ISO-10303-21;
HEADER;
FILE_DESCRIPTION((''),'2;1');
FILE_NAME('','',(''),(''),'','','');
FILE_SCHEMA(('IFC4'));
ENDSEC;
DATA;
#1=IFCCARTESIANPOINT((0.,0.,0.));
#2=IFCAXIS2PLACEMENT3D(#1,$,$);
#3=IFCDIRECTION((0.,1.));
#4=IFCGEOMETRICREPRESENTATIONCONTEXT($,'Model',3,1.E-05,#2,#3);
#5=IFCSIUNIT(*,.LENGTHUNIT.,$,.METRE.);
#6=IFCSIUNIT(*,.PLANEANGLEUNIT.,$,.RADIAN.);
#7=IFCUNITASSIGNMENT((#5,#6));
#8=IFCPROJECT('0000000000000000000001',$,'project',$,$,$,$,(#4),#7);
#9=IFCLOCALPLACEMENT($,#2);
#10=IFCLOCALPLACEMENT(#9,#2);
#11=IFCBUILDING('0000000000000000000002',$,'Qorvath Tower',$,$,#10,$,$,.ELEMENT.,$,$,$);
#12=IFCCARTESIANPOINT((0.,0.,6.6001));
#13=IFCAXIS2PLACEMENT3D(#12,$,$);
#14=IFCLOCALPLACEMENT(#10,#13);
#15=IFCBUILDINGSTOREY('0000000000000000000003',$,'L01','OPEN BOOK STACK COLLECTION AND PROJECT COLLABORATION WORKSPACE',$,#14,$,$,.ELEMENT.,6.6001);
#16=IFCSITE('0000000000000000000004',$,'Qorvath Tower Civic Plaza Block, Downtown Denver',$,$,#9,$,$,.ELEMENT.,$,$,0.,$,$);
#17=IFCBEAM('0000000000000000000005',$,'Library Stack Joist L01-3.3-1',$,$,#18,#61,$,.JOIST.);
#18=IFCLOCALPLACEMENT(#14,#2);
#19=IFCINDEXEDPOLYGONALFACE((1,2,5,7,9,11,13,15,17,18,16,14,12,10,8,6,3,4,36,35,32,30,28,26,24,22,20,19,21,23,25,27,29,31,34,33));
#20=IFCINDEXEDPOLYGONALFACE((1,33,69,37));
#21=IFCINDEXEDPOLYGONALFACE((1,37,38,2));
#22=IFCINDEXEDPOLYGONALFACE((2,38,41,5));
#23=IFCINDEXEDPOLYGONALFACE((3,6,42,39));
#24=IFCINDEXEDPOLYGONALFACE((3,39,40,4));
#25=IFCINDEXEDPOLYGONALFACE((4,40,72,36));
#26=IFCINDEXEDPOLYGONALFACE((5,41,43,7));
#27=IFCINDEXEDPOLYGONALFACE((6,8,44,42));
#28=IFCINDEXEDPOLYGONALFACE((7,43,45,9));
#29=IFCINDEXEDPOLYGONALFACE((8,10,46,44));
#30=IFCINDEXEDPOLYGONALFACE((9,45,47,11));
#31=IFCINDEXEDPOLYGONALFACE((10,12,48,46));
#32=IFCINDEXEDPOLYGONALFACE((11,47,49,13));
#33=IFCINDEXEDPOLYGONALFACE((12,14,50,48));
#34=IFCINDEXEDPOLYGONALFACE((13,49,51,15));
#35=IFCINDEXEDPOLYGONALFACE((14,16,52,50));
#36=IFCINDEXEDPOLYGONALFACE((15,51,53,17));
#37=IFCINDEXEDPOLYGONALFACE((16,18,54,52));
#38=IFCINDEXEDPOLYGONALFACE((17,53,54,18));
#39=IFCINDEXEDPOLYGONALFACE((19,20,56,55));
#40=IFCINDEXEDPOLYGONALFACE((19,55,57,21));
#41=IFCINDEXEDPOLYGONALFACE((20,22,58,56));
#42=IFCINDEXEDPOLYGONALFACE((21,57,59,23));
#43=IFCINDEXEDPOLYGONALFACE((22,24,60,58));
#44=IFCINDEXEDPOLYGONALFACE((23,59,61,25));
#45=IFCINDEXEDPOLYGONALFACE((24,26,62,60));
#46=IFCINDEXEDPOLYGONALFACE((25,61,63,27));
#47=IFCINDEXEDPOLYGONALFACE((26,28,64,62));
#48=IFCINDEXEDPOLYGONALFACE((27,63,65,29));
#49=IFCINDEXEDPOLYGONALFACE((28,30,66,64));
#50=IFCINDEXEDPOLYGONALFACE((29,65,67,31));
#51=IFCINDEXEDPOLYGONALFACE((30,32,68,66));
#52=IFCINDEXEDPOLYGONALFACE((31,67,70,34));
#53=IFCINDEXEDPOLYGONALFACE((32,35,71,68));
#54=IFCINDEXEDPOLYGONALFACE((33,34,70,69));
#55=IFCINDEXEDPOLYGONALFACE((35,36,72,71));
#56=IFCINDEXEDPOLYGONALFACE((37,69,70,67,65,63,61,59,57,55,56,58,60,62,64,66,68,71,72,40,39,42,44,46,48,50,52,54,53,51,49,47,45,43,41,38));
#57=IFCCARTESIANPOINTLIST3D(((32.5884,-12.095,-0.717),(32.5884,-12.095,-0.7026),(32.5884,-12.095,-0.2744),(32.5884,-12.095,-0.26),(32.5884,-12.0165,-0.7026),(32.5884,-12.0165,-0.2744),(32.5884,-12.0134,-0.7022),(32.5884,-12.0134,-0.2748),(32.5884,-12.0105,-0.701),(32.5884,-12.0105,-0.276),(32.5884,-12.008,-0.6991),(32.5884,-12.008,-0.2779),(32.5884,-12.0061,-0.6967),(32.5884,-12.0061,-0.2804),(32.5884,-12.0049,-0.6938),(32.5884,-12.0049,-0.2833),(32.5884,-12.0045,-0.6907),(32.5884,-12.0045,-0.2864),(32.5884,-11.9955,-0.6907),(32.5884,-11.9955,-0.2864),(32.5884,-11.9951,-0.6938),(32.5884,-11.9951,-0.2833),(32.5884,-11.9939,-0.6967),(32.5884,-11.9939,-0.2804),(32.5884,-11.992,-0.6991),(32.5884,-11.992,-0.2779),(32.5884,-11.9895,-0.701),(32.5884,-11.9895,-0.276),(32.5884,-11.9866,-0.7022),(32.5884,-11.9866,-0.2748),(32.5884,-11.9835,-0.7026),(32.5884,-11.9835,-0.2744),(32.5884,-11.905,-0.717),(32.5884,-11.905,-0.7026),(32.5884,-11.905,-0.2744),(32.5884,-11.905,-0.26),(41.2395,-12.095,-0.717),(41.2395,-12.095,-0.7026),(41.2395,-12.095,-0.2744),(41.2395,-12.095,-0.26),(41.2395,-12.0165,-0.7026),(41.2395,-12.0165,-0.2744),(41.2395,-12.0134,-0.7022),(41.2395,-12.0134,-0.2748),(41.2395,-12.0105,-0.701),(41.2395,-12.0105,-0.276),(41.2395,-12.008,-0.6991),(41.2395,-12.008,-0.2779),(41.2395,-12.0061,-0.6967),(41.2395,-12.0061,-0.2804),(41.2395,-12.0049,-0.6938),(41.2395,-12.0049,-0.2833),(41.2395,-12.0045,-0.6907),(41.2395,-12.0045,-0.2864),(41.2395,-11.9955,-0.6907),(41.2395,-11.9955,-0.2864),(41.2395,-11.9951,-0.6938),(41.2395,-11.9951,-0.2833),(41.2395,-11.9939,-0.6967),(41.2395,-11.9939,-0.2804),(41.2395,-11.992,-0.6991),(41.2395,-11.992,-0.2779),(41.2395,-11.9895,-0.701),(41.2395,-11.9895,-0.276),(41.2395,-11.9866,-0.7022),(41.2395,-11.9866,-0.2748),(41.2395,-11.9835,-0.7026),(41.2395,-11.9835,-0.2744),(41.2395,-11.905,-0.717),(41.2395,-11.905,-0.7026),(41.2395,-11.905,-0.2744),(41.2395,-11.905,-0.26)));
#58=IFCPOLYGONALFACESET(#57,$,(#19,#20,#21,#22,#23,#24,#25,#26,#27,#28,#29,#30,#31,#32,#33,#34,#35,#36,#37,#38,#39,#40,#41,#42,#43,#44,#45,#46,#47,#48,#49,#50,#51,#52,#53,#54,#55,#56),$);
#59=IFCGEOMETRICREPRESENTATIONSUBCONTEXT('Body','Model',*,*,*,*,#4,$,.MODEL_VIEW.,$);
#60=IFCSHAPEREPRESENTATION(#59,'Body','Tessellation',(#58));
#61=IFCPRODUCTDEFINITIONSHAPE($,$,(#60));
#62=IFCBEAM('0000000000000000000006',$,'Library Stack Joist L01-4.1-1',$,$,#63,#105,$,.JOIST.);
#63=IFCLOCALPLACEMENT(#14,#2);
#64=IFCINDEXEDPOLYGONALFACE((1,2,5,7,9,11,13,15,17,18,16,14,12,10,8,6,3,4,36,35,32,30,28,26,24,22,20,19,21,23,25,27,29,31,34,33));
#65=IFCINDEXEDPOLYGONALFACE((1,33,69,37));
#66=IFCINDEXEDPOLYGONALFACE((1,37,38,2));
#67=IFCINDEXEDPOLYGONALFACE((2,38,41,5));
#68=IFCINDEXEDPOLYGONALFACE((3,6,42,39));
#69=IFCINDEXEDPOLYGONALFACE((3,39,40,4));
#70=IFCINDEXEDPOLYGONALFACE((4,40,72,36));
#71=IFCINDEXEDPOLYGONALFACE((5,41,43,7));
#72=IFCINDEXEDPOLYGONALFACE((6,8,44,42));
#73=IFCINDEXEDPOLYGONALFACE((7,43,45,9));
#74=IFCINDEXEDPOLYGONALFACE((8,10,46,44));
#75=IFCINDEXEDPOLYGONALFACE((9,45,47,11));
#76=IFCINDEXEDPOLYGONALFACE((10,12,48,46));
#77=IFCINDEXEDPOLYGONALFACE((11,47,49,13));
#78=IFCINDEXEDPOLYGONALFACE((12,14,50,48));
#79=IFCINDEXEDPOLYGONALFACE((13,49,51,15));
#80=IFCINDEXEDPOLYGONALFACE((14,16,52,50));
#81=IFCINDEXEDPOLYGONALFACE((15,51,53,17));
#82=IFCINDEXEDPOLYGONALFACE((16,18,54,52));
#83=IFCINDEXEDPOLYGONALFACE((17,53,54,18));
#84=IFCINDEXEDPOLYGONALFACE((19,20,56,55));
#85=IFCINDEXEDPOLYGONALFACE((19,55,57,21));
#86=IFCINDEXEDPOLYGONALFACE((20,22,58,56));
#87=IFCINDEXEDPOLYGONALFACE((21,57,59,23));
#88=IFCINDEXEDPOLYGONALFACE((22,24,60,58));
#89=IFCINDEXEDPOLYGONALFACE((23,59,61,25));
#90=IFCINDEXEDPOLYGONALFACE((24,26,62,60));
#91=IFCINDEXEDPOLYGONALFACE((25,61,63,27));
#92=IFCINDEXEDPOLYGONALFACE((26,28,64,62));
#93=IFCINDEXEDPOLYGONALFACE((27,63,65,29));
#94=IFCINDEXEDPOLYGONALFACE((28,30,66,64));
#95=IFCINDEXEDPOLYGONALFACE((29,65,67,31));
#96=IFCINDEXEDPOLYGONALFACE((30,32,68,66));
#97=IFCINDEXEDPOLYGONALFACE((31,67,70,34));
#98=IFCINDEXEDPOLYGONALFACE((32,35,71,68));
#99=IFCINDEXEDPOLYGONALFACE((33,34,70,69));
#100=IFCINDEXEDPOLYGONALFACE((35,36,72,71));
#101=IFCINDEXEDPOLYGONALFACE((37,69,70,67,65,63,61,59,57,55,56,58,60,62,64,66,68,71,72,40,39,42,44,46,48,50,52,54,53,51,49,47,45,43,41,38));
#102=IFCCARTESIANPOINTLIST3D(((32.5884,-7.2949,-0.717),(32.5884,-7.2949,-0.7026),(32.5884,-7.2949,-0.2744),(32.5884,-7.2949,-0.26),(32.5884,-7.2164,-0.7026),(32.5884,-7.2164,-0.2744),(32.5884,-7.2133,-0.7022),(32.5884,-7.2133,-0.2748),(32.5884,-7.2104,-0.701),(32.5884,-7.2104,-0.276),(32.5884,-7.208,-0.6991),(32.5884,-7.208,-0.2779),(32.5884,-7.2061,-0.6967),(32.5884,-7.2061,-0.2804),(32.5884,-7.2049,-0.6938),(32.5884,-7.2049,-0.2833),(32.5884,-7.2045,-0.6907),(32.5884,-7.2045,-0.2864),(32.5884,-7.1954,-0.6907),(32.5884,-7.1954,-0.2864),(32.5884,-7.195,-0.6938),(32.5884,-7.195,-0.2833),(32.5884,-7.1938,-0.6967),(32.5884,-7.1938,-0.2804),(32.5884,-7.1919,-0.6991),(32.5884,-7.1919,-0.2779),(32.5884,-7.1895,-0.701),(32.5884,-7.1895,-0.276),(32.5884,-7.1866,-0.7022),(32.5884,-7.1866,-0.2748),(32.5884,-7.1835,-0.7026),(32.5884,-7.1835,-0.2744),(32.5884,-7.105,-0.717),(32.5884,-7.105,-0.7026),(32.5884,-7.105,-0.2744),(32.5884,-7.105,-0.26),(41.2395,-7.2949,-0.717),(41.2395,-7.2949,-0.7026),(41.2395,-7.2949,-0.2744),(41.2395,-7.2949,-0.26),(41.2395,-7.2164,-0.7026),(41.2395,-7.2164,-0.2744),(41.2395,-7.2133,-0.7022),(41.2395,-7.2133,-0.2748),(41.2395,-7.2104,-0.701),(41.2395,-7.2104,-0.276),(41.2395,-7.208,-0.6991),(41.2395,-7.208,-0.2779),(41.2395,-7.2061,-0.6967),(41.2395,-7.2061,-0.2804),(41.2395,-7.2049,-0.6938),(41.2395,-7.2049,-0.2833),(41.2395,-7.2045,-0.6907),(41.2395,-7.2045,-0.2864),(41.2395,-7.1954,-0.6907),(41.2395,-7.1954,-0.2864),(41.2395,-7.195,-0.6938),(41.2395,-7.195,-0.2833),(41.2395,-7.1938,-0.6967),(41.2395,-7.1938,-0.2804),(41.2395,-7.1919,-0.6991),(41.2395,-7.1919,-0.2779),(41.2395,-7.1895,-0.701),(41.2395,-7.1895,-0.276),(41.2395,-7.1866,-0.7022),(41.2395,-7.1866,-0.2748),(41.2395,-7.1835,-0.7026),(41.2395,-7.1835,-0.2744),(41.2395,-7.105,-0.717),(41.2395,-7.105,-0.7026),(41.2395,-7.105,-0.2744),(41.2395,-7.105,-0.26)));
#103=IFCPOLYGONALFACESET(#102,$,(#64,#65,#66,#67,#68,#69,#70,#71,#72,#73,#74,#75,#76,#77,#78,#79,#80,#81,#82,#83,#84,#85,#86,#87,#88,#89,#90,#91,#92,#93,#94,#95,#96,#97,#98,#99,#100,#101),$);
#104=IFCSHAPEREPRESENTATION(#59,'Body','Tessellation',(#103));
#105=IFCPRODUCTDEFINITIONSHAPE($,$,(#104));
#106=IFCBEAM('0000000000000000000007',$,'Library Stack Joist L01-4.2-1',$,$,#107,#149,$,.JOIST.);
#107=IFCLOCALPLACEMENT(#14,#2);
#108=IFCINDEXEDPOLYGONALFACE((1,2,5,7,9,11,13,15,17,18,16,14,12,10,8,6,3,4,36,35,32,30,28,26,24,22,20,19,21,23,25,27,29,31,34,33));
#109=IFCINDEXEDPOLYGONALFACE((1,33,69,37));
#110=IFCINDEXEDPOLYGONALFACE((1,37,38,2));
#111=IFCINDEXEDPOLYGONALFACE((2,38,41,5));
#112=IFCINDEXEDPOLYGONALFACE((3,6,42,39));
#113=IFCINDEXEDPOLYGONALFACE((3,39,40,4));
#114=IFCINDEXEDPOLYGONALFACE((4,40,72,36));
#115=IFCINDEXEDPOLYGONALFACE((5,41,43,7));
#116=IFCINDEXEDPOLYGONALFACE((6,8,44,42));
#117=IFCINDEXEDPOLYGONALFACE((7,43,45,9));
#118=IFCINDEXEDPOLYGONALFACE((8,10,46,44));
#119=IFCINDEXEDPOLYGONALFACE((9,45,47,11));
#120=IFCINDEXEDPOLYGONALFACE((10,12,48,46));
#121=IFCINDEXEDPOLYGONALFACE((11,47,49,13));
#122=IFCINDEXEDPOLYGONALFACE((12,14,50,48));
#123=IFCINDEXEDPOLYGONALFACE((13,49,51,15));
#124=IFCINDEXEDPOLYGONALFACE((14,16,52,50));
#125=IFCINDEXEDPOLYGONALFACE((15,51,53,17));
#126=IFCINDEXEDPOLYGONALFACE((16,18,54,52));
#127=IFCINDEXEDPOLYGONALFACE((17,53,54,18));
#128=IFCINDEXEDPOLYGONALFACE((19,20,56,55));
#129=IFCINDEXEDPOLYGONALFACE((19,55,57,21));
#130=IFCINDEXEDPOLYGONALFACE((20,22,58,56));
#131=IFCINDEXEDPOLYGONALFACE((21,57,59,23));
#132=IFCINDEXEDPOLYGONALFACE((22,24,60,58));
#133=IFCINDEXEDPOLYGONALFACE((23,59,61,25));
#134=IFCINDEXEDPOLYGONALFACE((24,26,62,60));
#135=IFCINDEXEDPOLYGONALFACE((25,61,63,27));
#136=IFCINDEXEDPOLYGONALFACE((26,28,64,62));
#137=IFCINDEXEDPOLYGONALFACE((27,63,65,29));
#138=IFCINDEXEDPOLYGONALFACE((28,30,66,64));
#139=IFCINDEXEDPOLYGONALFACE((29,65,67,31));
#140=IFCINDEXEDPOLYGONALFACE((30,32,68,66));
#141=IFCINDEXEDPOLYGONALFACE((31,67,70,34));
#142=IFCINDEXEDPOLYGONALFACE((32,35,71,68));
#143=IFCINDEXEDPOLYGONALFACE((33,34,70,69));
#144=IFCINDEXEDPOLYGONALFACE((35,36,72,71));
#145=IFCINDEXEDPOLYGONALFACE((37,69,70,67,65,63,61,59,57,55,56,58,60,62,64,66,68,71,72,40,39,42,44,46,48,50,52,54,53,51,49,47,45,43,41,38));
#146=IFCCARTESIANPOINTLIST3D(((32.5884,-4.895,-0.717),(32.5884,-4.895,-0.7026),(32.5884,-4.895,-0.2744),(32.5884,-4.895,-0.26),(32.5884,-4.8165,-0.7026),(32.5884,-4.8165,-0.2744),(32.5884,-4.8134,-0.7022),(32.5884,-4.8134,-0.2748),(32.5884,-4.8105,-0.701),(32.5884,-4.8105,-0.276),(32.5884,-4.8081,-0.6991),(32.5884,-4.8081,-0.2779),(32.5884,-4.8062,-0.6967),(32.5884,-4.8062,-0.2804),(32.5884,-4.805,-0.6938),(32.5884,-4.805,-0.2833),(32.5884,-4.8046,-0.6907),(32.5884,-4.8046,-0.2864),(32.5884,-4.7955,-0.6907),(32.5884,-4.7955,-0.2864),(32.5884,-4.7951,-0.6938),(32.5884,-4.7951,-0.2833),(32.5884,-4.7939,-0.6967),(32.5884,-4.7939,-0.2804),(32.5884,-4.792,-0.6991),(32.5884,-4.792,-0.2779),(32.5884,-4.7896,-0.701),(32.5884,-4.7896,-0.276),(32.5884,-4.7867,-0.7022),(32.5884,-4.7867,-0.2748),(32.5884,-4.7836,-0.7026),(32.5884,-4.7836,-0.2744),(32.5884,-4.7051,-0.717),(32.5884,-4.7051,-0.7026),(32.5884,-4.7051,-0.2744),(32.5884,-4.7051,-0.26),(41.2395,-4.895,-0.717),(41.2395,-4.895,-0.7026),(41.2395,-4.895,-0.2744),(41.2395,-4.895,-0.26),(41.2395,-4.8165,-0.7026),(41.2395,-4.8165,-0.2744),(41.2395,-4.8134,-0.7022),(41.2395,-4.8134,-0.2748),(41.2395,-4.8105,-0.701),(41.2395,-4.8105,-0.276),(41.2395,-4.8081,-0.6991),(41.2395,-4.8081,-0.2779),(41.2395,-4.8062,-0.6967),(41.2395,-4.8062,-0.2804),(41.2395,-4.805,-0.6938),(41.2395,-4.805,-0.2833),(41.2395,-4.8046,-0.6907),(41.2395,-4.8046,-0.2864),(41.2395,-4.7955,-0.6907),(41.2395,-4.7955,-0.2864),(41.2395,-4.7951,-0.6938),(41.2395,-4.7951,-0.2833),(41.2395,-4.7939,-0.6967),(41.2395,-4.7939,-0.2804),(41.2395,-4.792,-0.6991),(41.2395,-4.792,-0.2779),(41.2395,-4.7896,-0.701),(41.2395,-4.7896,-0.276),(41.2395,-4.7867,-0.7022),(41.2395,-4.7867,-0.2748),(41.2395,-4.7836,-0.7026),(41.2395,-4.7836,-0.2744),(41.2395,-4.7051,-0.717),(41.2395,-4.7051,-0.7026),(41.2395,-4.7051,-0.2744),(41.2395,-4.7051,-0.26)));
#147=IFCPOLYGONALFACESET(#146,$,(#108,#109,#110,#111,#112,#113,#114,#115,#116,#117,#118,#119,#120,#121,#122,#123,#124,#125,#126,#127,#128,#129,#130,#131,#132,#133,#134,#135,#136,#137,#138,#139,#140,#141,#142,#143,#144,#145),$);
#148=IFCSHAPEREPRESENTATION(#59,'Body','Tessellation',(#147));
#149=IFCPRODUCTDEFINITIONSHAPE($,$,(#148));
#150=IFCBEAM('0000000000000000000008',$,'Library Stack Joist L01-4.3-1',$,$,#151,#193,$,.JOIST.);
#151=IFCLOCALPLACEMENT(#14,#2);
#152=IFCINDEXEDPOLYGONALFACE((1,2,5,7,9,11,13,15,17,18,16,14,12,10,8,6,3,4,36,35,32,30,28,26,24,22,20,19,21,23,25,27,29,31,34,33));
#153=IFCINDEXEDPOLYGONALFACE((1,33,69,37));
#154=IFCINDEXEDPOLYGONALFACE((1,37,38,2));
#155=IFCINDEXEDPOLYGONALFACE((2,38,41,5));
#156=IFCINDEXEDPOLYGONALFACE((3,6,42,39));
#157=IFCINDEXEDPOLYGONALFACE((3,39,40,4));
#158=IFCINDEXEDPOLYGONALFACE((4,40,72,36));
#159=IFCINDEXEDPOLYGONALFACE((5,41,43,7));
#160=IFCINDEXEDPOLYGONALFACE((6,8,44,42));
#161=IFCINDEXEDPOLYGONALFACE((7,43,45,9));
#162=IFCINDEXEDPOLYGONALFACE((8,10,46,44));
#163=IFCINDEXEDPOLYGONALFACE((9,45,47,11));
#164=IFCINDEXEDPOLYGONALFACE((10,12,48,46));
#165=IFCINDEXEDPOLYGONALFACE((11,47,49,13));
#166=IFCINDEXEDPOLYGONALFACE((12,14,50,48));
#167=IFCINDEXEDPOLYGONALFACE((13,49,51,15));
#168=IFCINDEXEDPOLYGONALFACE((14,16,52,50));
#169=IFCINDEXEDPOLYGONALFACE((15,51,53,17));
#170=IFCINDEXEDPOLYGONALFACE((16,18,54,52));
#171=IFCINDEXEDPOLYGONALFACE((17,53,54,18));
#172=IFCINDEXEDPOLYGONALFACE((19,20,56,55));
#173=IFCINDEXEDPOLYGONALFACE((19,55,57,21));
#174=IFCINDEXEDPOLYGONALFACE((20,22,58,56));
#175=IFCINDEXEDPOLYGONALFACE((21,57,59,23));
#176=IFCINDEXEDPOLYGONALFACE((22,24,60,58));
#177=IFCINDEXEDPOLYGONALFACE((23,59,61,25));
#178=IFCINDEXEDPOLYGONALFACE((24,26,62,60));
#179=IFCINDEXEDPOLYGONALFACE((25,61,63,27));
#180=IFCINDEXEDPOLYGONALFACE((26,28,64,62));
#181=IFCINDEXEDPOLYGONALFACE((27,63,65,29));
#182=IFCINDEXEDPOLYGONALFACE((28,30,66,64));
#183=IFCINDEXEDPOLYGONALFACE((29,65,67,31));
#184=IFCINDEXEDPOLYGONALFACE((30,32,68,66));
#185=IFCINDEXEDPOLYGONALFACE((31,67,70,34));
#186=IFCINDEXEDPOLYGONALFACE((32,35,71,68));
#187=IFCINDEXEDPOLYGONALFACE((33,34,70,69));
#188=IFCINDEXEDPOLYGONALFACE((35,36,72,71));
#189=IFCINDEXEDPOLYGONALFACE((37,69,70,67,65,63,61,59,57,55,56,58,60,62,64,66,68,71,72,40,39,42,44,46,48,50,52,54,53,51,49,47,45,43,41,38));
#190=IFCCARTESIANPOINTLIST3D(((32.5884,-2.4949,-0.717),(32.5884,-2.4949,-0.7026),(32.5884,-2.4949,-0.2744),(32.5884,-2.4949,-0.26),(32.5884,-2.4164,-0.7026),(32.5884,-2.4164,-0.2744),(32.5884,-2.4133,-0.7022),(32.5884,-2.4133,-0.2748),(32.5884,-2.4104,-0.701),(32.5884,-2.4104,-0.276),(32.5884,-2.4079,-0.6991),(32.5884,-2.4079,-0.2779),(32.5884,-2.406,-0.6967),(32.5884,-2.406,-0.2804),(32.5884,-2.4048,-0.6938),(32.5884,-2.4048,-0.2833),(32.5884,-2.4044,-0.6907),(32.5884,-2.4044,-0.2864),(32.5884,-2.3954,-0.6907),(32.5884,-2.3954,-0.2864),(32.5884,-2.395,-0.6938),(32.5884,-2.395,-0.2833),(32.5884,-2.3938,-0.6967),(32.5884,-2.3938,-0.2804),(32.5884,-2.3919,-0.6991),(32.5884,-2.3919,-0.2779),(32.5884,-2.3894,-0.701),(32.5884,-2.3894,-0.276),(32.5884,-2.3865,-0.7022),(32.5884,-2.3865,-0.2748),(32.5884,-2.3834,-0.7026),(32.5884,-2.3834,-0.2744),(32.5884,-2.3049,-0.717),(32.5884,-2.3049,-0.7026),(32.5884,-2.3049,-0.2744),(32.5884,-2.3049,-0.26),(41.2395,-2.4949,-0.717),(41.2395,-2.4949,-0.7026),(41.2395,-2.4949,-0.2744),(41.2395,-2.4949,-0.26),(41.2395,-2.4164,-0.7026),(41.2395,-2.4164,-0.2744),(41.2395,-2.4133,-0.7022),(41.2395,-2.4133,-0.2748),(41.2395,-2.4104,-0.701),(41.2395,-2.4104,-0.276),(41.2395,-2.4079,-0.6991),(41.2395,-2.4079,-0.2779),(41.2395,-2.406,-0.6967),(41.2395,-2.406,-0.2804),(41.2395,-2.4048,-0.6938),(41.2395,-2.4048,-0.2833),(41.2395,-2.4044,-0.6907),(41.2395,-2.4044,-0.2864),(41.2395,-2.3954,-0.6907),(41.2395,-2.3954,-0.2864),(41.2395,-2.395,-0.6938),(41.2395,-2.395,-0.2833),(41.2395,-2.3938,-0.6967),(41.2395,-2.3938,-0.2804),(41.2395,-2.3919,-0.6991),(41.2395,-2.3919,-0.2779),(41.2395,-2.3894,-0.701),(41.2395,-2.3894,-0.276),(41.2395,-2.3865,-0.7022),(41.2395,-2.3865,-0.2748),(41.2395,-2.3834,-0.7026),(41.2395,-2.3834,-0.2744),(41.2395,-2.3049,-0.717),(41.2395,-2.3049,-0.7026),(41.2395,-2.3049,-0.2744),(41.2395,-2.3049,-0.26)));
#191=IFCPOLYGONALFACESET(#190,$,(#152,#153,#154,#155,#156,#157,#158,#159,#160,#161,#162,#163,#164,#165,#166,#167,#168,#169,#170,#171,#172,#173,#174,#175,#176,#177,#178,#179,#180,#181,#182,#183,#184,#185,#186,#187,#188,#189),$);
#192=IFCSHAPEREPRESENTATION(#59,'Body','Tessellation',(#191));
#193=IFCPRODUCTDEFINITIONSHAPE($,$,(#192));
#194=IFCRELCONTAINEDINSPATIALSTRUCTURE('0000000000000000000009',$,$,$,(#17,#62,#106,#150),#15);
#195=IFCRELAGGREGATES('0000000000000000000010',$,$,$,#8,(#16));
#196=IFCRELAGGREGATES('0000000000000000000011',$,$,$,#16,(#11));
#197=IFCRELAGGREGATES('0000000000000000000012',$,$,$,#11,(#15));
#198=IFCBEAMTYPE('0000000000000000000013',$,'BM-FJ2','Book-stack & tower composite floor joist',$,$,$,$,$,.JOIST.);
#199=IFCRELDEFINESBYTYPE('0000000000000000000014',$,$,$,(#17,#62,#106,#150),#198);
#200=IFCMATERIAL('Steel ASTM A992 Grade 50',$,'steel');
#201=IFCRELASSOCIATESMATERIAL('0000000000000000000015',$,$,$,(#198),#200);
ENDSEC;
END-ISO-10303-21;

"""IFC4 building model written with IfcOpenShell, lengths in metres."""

from ifc_helpers import new_model, si_unit, direction, frame, origin, origin_2d, place, context, subcontext, project, spatial, i_section, extrude, material, material_profile, profile_set, type_object, element, save


model = new_model("IFC4")

# Units and contexts
model_context = context("Model", 3, precision=1e-05, world=origin(), true_north=direction((0.0, 1.0)))
body_context = subcontext(model_context, "Body", "Model", "MODEL_VIEW")
ifc_project = project(units=[si_unit("LENGTHUNIT", "METRE"), si_unit("PLANEANGLEUNIT", "RADIAN")], contexts=[model_context])

# Site, building, storey
site_placement = place(None, origin())
site = spatial("IfcSite", under=ifc_project, at=site_placement, Name="Qorvath Tower Civic Plaza Block, Downtown Denver", CompositionType="ELEMENT", RefElevation=0.0)
building_placement = place(site_placement, origin())
building = spatial("IfcBuilding", under=site, at=building_placement, Name="Qorvath Tower", CompositionType="ELEMENT")
storey_placement = place(building_placement, frame((0.0, 0.0, 6.6001)))
storey = spatial("IfcBuildingStorey", under=building, at=storey_placement, Name="L01", Description="OPEN BOOK STACK COLLECTION AND PROJECT COLLABORATION WORKSPACE", CompositionType="ELEMENT", Elevation=6.6001)

# Beams
ifc_material_1 = material(Name="Steel ASTM A992 Grade 50", Category="steel")
ifc_material_profile_1 = material_profile(ifc_material_1, i_section(OverallWidth=0.1899, OverallDepth=0.457, WebThickness=0.009, FlangeThickness=0.0144, FilletRadius=0.012, at=origin_2d()), Name="W18x50")
ifc_profile_set_1 = profile_set([ifc_material_profile_1], Name="Steel ASTM A992 Grade 50")
beam_type_1 = type_object("IfcBeamType", Name="BM-FJ2", Description="Book-stack & tower composite floor joist", PredefinedType="JOIST", material=ifc_profile_set_1)
for number, where, z_axis, x_axis, name in (
    (1, (32.5884, -12.0, -0.4885), (1.0, 0.0, 0.0), (0.0, 1.0, 0.0), "Library Stack Joist L01-3.3-1"),
    (2, (32.5884, -7.2, -0.4885), (1.0, 0.0, 0.0), (0.0, 1.0, 0.0), "Library Stack Joist L01-4.1-1"),
    (3, (32.5884, -4.8, -0.4885), (1.0, 0.0, 0.0), (0.0, 1.0, 0.0), "Library Stack Joist L01-4.2-1"),
    (4, (32.5884, -2.3999, -0.4885), (1.0, 0.0, 0.0), (0.0, 1.0, 0.0), "Library Stack Joist L01-4.3-1"),
):
    element("IfcBeam", number, at=place(storey_placement, frame(where, z_axis=z_axis, x_axis=x_axis)), inside=storey, type_object=beam_type_1, Name=name, PredefinedType="JOIST", context=body_context, shape_type="SweptSolid", body=[
        extrude(i_section(OverallWidth=0.1899, OverallDepth=0.457, WebThickness=0.009, FlangeThickness=0.0144, FilletRadius=0.012, at=origin_2d()), origin(), (0.0, 0.0, 1.0), 8.6511),
    ])

save(model, "model.ifc")
